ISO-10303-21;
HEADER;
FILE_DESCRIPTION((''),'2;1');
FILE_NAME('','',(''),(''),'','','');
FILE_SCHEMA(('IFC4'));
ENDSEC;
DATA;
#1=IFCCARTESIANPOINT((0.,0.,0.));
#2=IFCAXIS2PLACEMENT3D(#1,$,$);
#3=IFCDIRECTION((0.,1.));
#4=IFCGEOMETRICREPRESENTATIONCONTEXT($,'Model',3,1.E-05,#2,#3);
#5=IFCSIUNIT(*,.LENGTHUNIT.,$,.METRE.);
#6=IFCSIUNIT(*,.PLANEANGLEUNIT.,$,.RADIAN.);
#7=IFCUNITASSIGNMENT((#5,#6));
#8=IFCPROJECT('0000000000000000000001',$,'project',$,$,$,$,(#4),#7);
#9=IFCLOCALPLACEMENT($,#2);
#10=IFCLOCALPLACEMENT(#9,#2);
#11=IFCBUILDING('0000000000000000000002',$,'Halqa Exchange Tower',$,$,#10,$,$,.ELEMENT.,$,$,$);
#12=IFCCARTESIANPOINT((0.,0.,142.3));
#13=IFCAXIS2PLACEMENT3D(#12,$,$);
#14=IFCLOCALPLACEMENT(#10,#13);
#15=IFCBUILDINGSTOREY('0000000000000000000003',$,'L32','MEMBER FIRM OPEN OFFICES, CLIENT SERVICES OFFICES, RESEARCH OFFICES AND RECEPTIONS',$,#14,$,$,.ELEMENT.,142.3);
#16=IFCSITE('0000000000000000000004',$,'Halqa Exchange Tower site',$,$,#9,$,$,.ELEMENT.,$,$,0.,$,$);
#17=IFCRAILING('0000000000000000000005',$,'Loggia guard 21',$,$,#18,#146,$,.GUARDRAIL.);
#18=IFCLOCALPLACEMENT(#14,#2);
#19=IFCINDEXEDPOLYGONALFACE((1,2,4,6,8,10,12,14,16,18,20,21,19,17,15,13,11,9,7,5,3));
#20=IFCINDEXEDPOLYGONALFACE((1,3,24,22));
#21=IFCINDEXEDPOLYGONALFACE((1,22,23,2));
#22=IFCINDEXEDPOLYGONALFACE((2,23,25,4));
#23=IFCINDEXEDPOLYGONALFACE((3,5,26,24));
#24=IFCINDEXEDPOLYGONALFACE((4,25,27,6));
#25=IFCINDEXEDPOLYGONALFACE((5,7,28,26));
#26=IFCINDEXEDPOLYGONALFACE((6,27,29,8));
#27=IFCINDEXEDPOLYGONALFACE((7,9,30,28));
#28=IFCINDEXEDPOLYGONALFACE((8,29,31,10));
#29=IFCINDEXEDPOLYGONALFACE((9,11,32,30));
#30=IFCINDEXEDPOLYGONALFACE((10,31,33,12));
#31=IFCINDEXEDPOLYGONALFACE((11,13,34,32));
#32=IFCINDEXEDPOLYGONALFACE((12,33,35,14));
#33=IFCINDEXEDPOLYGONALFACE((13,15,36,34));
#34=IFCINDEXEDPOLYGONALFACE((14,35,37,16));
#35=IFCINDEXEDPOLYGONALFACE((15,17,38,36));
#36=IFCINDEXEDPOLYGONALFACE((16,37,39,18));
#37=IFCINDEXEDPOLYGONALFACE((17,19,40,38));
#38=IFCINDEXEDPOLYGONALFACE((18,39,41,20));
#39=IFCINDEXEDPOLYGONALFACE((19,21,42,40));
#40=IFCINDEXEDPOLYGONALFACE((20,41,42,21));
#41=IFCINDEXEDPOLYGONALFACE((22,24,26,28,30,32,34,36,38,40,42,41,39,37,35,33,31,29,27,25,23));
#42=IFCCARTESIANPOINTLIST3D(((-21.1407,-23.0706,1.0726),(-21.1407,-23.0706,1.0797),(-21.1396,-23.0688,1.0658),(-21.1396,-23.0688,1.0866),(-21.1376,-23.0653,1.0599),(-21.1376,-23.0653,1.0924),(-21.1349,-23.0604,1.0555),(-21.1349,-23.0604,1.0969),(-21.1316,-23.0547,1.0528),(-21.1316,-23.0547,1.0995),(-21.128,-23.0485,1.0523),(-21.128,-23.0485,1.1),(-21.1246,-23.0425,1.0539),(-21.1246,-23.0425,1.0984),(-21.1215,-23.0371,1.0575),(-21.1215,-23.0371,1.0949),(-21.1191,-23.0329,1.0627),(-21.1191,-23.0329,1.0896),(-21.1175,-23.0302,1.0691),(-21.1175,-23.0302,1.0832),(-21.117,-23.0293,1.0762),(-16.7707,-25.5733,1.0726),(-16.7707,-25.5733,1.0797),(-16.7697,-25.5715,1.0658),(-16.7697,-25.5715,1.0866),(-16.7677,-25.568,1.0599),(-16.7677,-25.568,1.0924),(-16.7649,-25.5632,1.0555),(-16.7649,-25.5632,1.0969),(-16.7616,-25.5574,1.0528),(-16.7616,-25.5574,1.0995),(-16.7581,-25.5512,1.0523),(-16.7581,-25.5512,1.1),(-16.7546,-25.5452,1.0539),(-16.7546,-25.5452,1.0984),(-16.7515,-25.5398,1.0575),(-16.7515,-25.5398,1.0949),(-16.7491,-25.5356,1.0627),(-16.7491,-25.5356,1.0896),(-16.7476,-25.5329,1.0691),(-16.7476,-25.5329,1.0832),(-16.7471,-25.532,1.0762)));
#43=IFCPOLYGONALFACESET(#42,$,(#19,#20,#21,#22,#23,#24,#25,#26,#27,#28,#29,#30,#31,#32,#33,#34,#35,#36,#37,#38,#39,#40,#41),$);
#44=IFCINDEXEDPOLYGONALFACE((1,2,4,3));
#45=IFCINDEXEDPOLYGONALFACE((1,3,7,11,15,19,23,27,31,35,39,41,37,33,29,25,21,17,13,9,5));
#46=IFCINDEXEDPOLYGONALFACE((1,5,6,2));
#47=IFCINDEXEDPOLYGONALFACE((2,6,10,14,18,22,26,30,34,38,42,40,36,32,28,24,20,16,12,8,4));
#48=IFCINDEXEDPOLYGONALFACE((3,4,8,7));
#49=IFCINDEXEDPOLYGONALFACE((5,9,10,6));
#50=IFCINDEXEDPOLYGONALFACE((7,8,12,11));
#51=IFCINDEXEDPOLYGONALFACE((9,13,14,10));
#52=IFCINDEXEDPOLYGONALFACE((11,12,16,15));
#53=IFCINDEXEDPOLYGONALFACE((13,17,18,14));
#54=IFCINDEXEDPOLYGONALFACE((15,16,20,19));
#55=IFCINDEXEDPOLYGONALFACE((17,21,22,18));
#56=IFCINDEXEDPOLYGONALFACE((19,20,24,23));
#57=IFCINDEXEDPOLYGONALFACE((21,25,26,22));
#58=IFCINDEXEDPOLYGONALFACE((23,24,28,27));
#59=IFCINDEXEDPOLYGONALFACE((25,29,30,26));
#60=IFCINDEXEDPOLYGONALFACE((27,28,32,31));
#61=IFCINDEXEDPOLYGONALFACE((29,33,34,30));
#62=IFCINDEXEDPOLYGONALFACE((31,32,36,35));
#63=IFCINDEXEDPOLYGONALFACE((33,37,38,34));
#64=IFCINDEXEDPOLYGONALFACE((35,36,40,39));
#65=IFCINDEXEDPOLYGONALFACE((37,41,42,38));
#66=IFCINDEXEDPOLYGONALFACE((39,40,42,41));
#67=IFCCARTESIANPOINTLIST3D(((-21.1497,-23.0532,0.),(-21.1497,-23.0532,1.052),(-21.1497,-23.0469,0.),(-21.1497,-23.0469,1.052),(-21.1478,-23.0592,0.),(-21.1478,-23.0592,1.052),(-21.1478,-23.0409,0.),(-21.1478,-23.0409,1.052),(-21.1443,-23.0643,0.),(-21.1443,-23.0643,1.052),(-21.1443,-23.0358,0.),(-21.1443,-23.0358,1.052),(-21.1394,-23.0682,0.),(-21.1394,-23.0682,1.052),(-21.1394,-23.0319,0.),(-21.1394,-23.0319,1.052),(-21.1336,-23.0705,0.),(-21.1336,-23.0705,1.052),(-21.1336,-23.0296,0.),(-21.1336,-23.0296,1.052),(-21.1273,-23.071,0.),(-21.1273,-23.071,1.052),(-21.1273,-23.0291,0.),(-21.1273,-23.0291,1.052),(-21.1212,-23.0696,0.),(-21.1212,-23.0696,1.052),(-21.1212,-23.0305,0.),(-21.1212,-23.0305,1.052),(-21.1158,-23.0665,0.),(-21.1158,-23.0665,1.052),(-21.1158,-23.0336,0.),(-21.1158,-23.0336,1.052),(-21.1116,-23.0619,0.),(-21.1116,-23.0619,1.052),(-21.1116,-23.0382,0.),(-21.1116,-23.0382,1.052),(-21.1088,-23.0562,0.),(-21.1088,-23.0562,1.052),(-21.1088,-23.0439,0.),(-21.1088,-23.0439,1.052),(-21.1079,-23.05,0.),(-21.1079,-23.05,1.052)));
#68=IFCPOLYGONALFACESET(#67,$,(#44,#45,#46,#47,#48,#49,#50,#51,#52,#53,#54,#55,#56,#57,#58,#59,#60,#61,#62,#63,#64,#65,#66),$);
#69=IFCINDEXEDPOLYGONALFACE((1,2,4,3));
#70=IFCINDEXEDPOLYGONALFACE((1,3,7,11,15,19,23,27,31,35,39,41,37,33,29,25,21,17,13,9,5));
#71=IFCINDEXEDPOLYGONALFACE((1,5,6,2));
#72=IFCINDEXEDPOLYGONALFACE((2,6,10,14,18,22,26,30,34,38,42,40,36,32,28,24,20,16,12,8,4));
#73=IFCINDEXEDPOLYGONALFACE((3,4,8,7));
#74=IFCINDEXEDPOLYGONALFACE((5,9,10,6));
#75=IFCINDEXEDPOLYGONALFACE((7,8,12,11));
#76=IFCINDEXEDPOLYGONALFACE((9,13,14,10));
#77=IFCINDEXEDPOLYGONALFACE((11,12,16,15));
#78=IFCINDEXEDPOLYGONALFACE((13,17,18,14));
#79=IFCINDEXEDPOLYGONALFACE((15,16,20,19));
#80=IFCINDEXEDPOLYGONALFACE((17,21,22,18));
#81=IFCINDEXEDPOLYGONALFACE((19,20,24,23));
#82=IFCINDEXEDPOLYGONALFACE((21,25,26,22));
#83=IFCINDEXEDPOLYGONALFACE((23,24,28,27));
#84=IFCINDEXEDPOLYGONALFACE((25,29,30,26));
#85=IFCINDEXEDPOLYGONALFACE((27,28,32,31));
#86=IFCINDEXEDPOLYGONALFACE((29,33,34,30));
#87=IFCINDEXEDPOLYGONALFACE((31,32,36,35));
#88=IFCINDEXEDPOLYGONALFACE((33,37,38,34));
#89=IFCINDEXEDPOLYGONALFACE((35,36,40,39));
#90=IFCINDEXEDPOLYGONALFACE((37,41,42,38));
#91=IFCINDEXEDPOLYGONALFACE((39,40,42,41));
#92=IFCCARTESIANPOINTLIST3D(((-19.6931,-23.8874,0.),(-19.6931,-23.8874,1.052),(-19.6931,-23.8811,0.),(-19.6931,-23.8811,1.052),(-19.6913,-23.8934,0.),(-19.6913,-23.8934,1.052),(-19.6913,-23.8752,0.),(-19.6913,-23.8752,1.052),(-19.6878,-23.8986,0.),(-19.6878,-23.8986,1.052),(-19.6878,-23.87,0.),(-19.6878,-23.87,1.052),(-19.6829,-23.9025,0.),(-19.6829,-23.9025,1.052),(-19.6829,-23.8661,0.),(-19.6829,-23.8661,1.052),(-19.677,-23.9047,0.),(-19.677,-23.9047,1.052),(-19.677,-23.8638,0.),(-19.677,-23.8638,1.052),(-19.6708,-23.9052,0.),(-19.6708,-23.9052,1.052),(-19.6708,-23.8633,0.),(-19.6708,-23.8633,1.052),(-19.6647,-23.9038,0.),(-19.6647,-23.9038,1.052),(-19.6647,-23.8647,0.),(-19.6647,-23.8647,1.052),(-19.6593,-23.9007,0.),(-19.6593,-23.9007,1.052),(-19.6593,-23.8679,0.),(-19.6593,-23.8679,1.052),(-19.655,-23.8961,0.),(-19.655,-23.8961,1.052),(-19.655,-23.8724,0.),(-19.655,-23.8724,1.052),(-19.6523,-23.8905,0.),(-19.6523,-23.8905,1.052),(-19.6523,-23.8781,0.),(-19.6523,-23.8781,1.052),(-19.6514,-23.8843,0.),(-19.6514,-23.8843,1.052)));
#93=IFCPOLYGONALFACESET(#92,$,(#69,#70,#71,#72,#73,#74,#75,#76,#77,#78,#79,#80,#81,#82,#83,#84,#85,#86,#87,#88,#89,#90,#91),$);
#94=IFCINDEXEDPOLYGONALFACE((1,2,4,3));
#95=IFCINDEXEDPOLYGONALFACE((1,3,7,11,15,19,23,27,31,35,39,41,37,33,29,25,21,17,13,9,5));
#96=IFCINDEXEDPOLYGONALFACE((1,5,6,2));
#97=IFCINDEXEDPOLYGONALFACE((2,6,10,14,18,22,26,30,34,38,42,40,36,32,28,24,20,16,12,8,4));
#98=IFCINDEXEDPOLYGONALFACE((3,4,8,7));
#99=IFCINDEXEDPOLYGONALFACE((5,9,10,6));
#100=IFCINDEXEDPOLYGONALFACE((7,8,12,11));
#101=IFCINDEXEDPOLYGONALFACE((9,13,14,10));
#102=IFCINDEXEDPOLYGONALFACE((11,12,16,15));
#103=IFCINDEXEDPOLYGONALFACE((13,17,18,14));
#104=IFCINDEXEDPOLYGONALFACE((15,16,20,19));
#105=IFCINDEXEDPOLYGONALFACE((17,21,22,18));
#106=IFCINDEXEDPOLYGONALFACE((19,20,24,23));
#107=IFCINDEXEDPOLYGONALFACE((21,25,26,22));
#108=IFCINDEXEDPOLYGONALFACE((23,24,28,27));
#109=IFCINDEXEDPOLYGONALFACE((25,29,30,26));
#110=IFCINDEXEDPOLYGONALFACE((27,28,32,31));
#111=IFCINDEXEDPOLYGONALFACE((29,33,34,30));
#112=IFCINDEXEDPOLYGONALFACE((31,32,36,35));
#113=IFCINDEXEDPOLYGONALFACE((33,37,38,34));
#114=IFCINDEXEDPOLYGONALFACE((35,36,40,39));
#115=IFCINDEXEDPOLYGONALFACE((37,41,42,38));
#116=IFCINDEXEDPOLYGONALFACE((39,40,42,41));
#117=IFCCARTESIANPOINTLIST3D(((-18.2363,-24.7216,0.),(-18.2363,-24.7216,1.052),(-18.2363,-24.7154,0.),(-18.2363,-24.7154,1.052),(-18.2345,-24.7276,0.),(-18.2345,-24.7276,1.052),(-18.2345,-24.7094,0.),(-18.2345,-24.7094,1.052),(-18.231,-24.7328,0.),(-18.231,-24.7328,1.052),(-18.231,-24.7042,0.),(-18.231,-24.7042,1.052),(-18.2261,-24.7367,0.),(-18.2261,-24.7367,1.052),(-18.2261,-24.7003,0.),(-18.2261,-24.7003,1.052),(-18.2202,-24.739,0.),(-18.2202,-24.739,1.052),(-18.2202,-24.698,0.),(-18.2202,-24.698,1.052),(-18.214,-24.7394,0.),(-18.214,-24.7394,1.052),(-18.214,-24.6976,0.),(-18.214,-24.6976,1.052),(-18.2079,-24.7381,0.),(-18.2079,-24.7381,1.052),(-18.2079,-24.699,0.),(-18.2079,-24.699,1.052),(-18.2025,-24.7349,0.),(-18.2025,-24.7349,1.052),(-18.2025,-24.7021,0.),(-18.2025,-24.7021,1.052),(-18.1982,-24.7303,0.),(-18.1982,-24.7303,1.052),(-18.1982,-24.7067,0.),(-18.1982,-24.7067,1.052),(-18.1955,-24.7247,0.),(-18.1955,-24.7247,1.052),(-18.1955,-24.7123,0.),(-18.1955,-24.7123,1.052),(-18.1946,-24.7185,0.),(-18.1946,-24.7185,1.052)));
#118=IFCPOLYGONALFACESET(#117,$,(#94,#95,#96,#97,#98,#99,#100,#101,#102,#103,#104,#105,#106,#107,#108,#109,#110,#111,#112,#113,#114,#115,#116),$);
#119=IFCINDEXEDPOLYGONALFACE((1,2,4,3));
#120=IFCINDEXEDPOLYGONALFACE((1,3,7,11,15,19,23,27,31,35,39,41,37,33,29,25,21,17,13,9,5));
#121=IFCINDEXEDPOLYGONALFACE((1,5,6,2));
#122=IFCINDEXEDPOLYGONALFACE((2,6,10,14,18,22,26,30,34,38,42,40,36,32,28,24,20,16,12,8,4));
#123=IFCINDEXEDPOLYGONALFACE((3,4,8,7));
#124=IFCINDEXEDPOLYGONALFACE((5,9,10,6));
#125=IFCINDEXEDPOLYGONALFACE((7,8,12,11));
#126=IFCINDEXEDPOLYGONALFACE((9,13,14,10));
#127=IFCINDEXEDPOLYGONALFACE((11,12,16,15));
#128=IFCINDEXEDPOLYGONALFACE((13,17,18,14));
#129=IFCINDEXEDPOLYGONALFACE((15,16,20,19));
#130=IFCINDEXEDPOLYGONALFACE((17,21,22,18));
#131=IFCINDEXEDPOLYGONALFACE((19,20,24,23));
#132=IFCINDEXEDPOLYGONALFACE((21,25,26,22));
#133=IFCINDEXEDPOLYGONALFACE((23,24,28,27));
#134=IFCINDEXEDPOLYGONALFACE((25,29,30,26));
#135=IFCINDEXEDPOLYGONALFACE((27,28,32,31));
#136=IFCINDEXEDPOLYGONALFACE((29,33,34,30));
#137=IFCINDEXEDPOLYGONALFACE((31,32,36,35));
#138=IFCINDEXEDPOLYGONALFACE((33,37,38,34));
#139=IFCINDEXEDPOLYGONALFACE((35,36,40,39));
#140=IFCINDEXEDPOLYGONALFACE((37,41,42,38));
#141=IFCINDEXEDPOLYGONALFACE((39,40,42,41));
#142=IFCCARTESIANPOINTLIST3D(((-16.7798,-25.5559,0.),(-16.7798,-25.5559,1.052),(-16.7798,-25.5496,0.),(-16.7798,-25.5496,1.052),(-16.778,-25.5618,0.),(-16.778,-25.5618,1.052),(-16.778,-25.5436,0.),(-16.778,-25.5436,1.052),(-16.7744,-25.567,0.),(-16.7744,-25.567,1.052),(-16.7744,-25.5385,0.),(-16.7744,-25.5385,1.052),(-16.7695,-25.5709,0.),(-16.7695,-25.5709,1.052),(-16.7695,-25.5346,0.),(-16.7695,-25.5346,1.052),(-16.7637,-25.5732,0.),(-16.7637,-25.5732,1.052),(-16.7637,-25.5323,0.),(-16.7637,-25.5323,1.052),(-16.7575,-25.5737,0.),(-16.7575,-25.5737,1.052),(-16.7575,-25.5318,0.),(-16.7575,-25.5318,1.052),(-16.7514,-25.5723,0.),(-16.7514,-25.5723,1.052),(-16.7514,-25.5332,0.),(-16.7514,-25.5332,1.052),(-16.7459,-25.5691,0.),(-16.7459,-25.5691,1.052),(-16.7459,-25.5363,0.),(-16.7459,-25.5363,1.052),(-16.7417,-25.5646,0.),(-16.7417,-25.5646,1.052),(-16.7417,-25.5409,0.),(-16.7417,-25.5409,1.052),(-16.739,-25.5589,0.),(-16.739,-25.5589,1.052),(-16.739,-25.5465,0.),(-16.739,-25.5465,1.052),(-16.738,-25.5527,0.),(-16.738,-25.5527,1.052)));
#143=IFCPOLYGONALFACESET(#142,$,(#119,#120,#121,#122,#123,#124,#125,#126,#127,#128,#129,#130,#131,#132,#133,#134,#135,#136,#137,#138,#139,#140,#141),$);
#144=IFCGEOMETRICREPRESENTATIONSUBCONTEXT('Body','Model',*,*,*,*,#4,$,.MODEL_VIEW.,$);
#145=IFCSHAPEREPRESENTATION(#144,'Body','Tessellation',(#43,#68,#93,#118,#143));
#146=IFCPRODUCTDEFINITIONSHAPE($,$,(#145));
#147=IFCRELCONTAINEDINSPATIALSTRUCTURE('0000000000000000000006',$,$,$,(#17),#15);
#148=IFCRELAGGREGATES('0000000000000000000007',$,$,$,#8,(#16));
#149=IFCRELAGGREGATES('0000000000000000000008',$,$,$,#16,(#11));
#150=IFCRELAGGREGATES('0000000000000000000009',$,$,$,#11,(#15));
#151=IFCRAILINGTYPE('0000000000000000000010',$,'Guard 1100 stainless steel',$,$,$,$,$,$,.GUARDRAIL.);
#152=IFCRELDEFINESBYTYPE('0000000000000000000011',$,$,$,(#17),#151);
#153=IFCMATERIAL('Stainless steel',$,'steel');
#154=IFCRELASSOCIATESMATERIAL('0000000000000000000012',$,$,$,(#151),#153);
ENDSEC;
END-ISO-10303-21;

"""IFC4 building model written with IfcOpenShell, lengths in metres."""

from ifc_helpers import new_model, si_unit, direction, frame, origin, origin_2d, place, context, subcontext, project, spatial, circle, extrude, material, type_object, element, save


model = new_model("IFC4")

# Units and contexts
model_context = context("Model", 3, precision=1e-05, world=origin(), true_north=direction((0.0, 1.0)))
body_context = subcontext(model_context, "Body", "Model", "MODEL_VIEW")
ifc_project = project(units=[si_unit("LENGTHUNIT", "METRE"), si_unit("PLANEANGLEUNIT", "RADIAN")], contexts=[model_context])

# Site, building, storey
site_placement = place(None, origin())
site = spatial("IfcSite", under=ifc_project, at=site_placement, Name="Halqa Exchange Tower site", CompositionType="ELEMENT", RefElevation=0.0)
building_placement = place(site_placement, origin())
building = spatial("IfcBuilding", under=site, at=building_placement, Name="Halqa Exchange Tower", CompositionType="ELEMENT")
storey_placement = place(building_placement, frame((0.0, 0.0, 142.3)))
storey = spatial("IfcBuildingStorey", under=building, at=storey_placement, Name="L32", Description="MEMBER FIRM OPEN OFFICES, CLIENT SERVICES OFFICES, RESEARCH OFFICES AND RECEPTIONS", CompositionType="ELEMENT", Elevation=142.3)

# Railing
ifc_material_1 = material(Name="Stainless steel", Category="steel")
railing_type = type_object("IfcRailingType", Name="Guard 1100 stainless steel", PredefinedType="GUARDRAIL", material=ifc_material_1)
railing_1_placement = place(storey_placement, frame((-21.1289, -23.05, 0.0)))
element("IfcRailing", 1, at=railing_1_placement, inside=storey, type_object=railing_type, Name="Loggia guard 21", PredefinedType="GUARDRAIL", context=body_context, shape_type="SweptSolid", body=[
    extrude(circle(Radius=0.0239, at=origin_2d()), frame((0.0, 0.0, 1.0762), z_axis=(0.867762, -0.496979, 0.0), x_axis=(0.496979, 0.867762, 0.0)), (0.0, 0.0, 1.0), 5.0359),
    extrude(circle(Radius=0.021, at=origin_2d()), origin(), (0.0, 0.0, 1.0), 1.052),
    extrude(circle(Radius=0.021, at=origin_2d()), frame((1.4565, -0.8342, 0.0)), (0.0, 0.0, 1.0), 1.052),
    extrude(circle(Radius=0.021, at=origin_2d()), frame((2.9133, -1.6685, 0.0)), (0.0, 0.0, 1.0), 1.052),
    extrude(circle(Radius=0.021, at=origin_2d()), frame((4.3699, -2.5027, 0.0)), (0.0, 0.0, 1.0), 1.052),
])

save(model, "model.ifc")
